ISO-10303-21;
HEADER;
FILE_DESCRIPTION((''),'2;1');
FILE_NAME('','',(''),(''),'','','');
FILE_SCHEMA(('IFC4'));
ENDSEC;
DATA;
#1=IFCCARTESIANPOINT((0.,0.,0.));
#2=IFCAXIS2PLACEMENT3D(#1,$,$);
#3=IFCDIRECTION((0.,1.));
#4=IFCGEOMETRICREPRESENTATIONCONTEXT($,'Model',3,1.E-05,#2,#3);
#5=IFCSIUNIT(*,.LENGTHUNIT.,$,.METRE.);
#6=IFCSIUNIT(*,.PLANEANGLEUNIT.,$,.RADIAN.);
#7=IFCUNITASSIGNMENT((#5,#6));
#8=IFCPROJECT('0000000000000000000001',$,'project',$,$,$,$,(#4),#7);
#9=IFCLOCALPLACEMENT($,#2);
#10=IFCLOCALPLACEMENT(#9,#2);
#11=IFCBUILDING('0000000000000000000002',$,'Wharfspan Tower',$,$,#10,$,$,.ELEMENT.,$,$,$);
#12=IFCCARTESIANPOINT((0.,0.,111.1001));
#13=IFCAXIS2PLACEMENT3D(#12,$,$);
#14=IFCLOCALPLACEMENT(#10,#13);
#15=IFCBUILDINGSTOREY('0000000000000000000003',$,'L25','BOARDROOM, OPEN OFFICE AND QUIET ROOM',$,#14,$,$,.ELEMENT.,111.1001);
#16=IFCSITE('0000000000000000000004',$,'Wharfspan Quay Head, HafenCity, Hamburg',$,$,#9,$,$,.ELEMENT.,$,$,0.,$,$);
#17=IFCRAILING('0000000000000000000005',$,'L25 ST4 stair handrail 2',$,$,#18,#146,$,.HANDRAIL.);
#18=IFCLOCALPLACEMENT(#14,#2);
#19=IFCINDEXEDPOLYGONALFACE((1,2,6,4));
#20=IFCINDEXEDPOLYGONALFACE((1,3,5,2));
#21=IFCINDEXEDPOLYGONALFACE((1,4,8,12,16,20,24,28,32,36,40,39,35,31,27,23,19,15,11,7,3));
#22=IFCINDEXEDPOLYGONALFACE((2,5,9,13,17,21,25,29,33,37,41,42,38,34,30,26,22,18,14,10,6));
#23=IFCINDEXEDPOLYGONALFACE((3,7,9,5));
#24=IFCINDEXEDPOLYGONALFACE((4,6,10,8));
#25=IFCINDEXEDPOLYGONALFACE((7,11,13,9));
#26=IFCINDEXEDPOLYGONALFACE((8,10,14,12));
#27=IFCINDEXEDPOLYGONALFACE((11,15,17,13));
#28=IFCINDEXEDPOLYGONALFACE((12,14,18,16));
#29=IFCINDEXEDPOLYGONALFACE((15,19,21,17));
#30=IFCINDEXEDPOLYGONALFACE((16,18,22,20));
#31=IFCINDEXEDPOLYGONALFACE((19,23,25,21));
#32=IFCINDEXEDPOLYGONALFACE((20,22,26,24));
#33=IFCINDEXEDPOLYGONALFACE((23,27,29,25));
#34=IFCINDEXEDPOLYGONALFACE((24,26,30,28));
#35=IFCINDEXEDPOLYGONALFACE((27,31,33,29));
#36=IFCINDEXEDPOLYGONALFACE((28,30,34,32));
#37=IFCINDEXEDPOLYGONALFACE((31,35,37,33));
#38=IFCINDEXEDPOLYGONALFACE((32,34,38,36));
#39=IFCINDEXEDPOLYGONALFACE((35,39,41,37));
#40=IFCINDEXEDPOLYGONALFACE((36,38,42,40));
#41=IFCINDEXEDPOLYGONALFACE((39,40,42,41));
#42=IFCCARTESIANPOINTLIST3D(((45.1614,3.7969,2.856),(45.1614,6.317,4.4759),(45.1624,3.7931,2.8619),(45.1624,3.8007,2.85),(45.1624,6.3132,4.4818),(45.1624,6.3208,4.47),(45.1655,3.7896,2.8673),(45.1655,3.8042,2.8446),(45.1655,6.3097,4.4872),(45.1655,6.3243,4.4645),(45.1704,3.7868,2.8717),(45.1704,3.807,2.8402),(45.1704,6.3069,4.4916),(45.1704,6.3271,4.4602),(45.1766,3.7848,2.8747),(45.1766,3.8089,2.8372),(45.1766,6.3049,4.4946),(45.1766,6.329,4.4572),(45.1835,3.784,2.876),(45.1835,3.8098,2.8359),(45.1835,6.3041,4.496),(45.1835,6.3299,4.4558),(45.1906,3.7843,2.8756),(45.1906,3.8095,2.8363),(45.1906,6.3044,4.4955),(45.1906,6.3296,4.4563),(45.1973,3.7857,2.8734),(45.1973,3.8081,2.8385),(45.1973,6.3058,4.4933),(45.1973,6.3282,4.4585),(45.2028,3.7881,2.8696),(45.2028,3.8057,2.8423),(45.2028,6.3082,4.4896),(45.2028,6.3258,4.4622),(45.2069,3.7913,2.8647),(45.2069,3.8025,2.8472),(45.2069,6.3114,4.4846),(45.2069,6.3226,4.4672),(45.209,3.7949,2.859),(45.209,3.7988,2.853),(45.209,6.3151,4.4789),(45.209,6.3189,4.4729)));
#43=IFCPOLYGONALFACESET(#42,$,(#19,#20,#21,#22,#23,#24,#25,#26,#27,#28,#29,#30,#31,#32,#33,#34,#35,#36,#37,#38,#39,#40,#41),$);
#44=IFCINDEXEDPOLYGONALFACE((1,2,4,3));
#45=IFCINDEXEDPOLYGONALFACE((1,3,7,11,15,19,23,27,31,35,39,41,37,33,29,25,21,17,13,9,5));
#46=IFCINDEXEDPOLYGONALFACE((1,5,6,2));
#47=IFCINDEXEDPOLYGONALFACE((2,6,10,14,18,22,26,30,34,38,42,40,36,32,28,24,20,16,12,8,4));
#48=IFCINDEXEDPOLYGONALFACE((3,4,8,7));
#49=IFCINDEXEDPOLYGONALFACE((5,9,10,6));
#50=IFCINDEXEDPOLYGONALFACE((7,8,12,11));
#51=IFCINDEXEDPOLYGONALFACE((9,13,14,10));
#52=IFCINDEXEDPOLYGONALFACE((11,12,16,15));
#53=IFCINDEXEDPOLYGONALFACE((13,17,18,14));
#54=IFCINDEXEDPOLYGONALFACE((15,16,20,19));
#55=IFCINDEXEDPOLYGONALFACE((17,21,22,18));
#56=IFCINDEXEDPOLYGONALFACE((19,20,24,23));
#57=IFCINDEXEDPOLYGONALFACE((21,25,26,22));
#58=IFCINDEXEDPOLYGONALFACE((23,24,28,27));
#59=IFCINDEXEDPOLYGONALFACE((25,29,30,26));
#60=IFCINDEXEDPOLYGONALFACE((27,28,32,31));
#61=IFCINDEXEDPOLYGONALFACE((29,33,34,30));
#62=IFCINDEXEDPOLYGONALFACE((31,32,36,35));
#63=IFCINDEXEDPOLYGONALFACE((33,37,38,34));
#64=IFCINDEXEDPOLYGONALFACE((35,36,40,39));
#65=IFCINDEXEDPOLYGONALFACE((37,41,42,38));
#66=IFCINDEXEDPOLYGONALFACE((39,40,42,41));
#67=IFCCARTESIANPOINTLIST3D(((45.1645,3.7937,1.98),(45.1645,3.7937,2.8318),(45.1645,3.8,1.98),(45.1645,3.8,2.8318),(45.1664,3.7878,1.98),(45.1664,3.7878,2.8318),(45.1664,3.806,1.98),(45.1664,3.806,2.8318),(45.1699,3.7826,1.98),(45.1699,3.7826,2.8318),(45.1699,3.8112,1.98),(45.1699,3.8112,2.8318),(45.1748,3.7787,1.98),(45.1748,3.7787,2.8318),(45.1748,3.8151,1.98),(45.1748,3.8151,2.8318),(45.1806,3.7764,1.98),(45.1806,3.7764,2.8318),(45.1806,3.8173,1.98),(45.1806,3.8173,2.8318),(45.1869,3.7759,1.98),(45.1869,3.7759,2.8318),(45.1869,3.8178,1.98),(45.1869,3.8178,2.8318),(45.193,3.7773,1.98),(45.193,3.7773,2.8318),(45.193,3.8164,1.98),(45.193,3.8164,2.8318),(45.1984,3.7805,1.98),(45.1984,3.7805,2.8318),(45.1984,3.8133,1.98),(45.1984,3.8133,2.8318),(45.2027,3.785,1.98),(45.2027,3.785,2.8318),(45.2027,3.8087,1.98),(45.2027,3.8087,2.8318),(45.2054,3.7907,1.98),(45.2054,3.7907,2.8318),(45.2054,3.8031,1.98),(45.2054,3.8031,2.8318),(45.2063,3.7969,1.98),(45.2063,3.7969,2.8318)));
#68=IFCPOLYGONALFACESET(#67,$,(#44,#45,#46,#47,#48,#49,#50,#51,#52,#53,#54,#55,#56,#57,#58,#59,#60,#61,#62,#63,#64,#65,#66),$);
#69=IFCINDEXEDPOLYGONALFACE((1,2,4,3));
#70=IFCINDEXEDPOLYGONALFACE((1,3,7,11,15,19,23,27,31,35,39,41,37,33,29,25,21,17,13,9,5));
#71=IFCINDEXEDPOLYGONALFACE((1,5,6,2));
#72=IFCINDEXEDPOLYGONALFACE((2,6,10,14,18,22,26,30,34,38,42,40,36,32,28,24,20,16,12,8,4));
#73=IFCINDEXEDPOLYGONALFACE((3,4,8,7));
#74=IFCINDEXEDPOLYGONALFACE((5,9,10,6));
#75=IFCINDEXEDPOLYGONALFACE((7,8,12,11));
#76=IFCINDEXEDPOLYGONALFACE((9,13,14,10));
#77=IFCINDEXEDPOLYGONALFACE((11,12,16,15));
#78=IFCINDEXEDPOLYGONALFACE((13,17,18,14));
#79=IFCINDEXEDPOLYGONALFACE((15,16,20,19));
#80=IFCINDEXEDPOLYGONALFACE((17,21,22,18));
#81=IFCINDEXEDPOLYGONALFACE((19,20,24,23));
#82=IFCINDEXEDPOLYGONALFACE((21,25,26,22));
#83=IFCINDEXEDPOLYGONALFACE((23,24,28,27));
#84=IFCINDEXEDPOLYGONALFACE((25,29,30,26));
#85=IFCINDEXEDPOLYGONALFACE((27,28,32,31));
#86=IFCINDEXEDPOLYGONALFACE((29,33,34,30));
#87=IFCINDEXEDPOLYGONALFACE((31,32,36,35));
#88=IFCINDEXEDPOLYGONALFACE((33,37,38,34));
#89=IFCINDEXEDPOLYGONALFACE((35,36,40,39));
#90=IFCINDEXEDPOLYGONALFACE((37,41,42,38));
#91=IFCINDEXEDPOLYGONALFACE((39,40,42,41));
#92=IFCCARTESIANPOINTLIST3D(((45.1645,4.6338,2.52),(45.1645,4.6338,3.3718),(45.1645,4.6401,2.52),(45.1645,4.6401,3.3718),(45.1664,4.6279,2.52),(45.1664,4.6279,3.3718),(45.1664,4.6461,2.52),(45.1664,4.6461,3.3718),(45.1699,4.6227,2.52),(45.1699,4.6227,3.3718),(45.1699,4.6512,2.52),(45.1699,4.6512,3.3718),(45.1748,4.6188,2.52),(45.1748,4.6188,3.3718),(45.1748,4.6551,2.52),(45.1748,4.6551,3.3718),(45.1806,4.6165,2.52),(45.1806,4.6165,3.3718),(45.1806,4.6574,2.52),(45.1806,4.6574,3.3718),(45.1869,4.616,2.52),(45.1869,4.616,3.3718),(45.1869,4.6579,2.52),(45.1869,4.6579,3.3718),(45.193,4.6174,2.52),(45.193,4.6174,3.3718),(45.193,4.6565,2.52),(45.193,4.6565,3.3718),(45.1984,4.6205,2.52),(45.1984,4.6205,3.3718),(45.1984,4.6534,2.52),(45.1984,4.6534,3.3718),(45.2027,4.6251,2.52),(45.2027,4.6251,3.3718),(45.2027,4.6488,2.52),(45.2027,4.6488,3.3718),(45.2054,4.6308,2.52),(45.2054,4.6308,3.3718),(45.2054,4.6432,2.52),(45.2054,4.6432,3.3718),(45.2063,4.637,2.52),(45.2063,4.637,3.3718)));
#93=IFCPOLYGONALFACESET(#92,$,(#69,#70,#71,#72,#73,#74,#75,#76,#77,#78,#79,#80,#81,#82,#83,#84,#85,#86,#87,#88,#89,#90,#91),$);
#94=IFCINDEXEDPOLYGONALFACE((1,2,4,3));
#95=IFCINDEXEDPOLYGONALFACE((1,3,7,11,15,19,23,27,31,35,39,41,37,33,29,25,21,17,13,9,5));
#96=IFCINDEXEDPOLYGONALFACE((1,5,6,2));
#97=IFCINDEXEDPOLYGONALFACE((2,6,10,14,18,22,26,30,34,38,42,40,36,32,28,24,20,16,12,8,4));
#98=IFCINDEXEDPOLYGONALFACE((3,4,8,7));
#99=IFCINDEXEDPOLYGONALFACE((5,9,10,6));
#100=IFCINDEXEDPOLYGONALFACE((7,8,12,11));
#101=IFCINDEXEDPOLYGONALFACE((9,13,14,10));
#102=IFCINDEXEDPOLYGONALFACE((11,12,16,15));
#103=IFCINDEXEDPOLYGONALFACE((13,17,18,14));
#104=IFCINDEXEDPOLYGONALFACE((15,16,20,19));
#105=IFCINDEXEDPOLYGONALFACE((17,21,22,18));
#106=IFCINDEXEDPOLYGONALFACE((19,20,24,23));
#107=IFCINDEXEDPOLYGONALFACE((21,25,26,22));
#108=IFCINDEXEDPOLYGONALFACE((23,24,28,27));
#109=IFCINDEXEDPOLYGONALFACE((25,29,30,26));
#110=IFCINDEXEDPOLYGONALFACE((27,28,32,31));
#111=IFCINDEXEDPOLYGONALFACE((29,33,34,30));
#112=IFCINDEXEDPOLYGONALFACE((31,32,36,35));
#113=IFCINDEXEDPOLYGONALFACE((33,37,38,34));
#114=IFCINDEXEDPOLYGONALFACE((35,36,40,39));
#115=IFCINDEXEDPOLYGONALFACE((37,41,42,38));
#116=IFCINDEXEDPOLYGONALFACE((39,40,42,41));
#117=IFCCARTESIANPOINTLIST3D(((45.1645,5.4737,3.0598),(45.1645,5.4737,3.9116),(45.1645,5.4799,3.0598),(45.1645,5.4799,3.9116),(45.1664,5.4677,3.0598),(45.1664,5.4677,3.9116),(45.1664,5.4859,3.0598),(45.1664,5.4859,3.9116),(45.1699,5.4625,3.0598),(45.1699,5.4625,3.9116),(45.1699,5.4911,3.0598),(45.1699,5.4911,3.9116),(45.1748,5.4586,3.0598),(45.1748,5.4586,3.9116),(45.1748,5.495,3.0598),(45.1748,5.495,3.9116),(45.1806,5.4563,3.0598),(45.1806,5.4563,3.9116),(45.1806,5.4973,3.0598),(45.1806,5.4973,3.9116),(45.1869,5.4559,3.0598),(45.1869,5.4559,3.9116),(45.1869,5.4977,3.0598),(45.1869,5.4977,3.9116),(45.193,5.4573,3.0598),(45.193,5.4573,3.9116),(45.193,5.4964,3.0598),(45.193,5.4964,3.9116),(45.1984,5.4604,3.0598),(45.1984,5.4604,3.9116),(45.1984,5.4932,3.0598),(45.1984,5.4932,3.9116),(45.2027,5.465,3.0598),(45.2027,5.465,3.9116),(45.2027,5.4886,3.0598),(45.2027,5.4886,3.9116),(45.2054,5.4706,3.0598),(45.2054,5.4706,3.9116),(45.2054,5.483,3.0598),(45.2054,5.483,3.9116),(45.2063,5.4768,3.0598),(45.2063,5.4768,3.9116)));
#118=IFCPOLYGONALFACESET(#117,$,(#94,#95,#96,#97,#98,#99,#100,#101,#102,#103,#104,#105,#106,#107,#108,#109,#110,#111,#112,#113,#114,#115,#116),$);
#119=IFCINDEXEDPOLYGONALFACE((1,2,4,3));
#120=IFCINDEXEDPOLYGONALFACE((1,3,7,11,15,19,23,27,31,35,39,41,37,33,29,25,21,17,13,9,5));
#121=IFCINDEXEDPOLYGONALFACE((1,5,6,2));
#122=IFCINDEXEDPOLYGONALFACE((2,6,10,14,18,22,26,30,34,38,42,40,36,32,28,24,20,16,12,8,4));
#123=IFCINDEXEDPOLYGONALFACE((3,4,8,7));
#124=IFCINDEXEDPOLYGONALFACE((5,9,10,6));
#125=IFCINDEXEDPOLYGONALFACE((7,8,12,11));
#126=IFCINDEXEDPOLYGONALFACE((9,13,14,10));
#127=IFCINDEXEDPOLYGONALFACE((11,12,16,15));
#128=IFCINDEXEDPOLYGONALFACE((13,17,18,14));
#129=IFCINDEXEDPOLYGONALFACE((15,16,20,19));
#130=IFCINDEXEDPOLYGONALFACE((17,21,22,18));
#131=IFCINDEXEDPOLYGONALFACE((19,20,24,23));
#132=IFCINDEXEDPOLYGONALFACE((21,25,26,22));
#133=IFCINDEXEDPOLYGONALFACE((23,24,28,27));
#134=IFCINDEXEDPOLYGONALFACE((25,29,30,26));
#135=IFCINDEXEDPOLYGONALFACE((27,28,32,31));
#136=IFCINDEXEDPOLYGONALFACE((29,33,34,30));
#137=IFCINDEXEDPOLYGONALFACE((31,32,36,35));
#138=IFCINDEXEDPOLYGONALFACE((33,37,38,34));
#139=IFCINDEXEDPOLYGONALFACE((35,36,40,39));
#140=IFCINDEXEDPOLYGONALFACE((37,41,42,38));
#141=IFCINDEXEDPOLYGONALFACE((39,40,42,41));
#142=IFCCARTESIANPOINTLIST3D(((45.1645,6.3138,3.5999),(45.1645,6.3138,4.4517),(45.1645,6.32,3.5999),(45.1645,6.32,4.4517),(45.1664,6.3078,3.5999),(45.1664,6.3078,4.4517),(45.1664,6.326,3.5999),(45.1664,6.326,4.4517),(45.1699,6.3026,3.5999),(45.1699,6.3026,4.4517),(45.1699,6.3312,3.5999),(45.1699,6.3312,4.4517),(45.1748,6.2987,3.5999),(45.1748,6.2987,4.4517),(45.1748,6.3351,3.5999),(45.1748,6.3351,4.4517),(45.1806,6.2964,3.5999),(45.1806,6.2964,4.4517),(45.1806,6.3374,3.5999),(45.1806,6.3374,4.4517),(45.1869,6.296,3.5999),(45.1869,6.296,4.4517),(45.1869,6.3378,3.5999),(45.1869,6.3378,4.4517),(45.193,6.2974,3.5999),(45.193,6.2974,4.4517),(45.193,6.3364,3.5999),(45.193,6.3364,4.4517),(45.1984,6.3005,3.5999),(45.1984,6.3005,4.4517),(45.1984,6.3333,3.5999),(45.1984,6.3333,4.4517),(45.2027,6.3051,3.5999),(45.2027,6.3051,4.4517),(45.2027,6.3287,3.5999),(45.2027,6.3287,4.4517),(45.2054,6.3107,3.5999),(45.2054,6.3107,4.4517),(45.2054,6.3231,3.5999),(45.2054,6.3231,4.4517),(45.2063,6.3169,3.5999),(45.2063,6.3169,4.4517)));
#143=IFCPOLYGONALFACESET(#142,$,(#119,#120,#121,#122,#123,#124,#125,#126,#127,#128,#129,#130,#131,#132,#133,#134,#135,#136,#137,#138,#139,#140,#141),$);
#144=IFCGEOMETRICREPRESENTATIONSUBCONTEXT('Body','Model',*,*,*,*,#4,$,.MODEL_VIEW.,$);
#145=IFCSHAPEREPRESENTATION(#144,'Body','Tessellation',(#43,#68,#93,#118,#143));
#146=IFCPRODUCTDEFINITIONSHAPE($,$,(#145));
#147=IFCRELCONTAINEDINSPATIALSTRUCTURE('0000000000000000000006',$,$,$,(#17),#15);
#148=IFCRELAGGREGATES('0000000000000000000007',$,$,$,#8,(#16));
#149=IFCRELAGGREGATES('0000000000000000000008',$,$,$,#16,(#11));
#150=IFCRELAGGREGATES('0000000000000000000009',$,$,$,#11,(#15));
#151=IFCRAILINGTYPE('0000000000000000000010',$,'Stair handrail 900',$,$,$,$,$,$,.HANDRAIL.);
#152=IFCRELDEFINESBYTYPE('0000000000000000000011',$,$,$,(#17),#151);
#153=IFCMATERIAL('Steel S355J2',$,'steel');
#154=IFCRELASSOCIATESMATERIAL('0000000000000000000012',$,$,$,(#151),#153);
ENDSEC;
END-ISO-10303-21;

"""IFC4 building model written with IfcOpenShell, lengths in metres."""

from ifc_helpers import new_model, si_unit, direction, frame, origin, origin_2d, place, context, subcontext, project, spatial, circle, extrude, material, type_object, element, save


model = new_model("IFC4")

# Units and contexts
model_context = context("Model", 3, precision=1e-05, world=origin(), true_north=direction((0.0, 1.0)))
body_context = subcontext(model_context, "Body", "Model", "MODEL_VIEW")
ifc_project = project(units=[si_unit("LENGTHUNIT", "METRE"), si_unit("PLANEANGLEUNIT", "RADIAN")], contexts=[model_context])

# Site, building, storey
site_placement = place(None, origin())
site = spatial("IfcSite", under=ifc_project, at=site_placement, Name="Wharfspan Quay Head, HafenCity, Hamburg", CompositionType="ELEMENT", RefElevation=0.0)
building_placement = place(site_placement, origin())
building = spatial("IfcBuilding", under=site, at=building_placement, Name="Wharfspan Tower", CompositionType="ELEMENT")
storey_placement = place(building_placement, frame((0.0, 0.0, 111.1001)))
storey = spatial("IfcBuildingStorey", under=building, at=storey_placement, Name="L25", Description="BOARDROOM, OPEN OFFICE AND QUIET ROOM", CompositionType="ELEMENT", Elevation=111.1001)

# Shared definitions
ifc_material_1 = material(Name="Steel S355J2", Category="steel")

# Railing
railing_type_1 = type_object("IfcRailingType", Name="Stair handrail 900", PredefinedType="HANDRAIL", material=ifc_material_1)
railing_1_placement = place(storey_placement, frame((45.1853, 3.7969, 1.98)))
element("IfcRailing", 1, at=railing_1_placement, inside=storey, type_object=railing_type_1, Name="L25 ST4 stair handrail 2", PredefinedType="HANDRAIL", context=body_context, shape_type="SweptSolid", body=[
    extrude(circle(Radius=0.0239, at=origin_2d()), frame((0.0, 0.0, 0.876), z_axis=(0.0, 0.8412, 0.540725), x_axis=(-1.0, 0.0, 0.0)), (0.0, 0.0, 1.0), 2.9958),
    extrude(circle(Radius=0.021, at=origin_2d()), origin(), (0.0, 0.0, 1.0), 0.8518),
    extrude(circle(Radius=0.021, at=origin_2d()), frame((0.0, 0.8401, 0.54)), (0.0, 0.0, 1.0), 0.8518),
    extrude(circle(Radius=0.021, at=origin_2d()), frame((0.0, 1.6799, 1.0798)), (0.0, 0.0, 1.0), 0.8518),
    extrude(circle(Radius=0.021, at=origin_2d()), frame((0.0, 2.52, 1.6199)), (0.0, 0.0, 1.0), 0.8518),
])

save(model, "model.ifc")
